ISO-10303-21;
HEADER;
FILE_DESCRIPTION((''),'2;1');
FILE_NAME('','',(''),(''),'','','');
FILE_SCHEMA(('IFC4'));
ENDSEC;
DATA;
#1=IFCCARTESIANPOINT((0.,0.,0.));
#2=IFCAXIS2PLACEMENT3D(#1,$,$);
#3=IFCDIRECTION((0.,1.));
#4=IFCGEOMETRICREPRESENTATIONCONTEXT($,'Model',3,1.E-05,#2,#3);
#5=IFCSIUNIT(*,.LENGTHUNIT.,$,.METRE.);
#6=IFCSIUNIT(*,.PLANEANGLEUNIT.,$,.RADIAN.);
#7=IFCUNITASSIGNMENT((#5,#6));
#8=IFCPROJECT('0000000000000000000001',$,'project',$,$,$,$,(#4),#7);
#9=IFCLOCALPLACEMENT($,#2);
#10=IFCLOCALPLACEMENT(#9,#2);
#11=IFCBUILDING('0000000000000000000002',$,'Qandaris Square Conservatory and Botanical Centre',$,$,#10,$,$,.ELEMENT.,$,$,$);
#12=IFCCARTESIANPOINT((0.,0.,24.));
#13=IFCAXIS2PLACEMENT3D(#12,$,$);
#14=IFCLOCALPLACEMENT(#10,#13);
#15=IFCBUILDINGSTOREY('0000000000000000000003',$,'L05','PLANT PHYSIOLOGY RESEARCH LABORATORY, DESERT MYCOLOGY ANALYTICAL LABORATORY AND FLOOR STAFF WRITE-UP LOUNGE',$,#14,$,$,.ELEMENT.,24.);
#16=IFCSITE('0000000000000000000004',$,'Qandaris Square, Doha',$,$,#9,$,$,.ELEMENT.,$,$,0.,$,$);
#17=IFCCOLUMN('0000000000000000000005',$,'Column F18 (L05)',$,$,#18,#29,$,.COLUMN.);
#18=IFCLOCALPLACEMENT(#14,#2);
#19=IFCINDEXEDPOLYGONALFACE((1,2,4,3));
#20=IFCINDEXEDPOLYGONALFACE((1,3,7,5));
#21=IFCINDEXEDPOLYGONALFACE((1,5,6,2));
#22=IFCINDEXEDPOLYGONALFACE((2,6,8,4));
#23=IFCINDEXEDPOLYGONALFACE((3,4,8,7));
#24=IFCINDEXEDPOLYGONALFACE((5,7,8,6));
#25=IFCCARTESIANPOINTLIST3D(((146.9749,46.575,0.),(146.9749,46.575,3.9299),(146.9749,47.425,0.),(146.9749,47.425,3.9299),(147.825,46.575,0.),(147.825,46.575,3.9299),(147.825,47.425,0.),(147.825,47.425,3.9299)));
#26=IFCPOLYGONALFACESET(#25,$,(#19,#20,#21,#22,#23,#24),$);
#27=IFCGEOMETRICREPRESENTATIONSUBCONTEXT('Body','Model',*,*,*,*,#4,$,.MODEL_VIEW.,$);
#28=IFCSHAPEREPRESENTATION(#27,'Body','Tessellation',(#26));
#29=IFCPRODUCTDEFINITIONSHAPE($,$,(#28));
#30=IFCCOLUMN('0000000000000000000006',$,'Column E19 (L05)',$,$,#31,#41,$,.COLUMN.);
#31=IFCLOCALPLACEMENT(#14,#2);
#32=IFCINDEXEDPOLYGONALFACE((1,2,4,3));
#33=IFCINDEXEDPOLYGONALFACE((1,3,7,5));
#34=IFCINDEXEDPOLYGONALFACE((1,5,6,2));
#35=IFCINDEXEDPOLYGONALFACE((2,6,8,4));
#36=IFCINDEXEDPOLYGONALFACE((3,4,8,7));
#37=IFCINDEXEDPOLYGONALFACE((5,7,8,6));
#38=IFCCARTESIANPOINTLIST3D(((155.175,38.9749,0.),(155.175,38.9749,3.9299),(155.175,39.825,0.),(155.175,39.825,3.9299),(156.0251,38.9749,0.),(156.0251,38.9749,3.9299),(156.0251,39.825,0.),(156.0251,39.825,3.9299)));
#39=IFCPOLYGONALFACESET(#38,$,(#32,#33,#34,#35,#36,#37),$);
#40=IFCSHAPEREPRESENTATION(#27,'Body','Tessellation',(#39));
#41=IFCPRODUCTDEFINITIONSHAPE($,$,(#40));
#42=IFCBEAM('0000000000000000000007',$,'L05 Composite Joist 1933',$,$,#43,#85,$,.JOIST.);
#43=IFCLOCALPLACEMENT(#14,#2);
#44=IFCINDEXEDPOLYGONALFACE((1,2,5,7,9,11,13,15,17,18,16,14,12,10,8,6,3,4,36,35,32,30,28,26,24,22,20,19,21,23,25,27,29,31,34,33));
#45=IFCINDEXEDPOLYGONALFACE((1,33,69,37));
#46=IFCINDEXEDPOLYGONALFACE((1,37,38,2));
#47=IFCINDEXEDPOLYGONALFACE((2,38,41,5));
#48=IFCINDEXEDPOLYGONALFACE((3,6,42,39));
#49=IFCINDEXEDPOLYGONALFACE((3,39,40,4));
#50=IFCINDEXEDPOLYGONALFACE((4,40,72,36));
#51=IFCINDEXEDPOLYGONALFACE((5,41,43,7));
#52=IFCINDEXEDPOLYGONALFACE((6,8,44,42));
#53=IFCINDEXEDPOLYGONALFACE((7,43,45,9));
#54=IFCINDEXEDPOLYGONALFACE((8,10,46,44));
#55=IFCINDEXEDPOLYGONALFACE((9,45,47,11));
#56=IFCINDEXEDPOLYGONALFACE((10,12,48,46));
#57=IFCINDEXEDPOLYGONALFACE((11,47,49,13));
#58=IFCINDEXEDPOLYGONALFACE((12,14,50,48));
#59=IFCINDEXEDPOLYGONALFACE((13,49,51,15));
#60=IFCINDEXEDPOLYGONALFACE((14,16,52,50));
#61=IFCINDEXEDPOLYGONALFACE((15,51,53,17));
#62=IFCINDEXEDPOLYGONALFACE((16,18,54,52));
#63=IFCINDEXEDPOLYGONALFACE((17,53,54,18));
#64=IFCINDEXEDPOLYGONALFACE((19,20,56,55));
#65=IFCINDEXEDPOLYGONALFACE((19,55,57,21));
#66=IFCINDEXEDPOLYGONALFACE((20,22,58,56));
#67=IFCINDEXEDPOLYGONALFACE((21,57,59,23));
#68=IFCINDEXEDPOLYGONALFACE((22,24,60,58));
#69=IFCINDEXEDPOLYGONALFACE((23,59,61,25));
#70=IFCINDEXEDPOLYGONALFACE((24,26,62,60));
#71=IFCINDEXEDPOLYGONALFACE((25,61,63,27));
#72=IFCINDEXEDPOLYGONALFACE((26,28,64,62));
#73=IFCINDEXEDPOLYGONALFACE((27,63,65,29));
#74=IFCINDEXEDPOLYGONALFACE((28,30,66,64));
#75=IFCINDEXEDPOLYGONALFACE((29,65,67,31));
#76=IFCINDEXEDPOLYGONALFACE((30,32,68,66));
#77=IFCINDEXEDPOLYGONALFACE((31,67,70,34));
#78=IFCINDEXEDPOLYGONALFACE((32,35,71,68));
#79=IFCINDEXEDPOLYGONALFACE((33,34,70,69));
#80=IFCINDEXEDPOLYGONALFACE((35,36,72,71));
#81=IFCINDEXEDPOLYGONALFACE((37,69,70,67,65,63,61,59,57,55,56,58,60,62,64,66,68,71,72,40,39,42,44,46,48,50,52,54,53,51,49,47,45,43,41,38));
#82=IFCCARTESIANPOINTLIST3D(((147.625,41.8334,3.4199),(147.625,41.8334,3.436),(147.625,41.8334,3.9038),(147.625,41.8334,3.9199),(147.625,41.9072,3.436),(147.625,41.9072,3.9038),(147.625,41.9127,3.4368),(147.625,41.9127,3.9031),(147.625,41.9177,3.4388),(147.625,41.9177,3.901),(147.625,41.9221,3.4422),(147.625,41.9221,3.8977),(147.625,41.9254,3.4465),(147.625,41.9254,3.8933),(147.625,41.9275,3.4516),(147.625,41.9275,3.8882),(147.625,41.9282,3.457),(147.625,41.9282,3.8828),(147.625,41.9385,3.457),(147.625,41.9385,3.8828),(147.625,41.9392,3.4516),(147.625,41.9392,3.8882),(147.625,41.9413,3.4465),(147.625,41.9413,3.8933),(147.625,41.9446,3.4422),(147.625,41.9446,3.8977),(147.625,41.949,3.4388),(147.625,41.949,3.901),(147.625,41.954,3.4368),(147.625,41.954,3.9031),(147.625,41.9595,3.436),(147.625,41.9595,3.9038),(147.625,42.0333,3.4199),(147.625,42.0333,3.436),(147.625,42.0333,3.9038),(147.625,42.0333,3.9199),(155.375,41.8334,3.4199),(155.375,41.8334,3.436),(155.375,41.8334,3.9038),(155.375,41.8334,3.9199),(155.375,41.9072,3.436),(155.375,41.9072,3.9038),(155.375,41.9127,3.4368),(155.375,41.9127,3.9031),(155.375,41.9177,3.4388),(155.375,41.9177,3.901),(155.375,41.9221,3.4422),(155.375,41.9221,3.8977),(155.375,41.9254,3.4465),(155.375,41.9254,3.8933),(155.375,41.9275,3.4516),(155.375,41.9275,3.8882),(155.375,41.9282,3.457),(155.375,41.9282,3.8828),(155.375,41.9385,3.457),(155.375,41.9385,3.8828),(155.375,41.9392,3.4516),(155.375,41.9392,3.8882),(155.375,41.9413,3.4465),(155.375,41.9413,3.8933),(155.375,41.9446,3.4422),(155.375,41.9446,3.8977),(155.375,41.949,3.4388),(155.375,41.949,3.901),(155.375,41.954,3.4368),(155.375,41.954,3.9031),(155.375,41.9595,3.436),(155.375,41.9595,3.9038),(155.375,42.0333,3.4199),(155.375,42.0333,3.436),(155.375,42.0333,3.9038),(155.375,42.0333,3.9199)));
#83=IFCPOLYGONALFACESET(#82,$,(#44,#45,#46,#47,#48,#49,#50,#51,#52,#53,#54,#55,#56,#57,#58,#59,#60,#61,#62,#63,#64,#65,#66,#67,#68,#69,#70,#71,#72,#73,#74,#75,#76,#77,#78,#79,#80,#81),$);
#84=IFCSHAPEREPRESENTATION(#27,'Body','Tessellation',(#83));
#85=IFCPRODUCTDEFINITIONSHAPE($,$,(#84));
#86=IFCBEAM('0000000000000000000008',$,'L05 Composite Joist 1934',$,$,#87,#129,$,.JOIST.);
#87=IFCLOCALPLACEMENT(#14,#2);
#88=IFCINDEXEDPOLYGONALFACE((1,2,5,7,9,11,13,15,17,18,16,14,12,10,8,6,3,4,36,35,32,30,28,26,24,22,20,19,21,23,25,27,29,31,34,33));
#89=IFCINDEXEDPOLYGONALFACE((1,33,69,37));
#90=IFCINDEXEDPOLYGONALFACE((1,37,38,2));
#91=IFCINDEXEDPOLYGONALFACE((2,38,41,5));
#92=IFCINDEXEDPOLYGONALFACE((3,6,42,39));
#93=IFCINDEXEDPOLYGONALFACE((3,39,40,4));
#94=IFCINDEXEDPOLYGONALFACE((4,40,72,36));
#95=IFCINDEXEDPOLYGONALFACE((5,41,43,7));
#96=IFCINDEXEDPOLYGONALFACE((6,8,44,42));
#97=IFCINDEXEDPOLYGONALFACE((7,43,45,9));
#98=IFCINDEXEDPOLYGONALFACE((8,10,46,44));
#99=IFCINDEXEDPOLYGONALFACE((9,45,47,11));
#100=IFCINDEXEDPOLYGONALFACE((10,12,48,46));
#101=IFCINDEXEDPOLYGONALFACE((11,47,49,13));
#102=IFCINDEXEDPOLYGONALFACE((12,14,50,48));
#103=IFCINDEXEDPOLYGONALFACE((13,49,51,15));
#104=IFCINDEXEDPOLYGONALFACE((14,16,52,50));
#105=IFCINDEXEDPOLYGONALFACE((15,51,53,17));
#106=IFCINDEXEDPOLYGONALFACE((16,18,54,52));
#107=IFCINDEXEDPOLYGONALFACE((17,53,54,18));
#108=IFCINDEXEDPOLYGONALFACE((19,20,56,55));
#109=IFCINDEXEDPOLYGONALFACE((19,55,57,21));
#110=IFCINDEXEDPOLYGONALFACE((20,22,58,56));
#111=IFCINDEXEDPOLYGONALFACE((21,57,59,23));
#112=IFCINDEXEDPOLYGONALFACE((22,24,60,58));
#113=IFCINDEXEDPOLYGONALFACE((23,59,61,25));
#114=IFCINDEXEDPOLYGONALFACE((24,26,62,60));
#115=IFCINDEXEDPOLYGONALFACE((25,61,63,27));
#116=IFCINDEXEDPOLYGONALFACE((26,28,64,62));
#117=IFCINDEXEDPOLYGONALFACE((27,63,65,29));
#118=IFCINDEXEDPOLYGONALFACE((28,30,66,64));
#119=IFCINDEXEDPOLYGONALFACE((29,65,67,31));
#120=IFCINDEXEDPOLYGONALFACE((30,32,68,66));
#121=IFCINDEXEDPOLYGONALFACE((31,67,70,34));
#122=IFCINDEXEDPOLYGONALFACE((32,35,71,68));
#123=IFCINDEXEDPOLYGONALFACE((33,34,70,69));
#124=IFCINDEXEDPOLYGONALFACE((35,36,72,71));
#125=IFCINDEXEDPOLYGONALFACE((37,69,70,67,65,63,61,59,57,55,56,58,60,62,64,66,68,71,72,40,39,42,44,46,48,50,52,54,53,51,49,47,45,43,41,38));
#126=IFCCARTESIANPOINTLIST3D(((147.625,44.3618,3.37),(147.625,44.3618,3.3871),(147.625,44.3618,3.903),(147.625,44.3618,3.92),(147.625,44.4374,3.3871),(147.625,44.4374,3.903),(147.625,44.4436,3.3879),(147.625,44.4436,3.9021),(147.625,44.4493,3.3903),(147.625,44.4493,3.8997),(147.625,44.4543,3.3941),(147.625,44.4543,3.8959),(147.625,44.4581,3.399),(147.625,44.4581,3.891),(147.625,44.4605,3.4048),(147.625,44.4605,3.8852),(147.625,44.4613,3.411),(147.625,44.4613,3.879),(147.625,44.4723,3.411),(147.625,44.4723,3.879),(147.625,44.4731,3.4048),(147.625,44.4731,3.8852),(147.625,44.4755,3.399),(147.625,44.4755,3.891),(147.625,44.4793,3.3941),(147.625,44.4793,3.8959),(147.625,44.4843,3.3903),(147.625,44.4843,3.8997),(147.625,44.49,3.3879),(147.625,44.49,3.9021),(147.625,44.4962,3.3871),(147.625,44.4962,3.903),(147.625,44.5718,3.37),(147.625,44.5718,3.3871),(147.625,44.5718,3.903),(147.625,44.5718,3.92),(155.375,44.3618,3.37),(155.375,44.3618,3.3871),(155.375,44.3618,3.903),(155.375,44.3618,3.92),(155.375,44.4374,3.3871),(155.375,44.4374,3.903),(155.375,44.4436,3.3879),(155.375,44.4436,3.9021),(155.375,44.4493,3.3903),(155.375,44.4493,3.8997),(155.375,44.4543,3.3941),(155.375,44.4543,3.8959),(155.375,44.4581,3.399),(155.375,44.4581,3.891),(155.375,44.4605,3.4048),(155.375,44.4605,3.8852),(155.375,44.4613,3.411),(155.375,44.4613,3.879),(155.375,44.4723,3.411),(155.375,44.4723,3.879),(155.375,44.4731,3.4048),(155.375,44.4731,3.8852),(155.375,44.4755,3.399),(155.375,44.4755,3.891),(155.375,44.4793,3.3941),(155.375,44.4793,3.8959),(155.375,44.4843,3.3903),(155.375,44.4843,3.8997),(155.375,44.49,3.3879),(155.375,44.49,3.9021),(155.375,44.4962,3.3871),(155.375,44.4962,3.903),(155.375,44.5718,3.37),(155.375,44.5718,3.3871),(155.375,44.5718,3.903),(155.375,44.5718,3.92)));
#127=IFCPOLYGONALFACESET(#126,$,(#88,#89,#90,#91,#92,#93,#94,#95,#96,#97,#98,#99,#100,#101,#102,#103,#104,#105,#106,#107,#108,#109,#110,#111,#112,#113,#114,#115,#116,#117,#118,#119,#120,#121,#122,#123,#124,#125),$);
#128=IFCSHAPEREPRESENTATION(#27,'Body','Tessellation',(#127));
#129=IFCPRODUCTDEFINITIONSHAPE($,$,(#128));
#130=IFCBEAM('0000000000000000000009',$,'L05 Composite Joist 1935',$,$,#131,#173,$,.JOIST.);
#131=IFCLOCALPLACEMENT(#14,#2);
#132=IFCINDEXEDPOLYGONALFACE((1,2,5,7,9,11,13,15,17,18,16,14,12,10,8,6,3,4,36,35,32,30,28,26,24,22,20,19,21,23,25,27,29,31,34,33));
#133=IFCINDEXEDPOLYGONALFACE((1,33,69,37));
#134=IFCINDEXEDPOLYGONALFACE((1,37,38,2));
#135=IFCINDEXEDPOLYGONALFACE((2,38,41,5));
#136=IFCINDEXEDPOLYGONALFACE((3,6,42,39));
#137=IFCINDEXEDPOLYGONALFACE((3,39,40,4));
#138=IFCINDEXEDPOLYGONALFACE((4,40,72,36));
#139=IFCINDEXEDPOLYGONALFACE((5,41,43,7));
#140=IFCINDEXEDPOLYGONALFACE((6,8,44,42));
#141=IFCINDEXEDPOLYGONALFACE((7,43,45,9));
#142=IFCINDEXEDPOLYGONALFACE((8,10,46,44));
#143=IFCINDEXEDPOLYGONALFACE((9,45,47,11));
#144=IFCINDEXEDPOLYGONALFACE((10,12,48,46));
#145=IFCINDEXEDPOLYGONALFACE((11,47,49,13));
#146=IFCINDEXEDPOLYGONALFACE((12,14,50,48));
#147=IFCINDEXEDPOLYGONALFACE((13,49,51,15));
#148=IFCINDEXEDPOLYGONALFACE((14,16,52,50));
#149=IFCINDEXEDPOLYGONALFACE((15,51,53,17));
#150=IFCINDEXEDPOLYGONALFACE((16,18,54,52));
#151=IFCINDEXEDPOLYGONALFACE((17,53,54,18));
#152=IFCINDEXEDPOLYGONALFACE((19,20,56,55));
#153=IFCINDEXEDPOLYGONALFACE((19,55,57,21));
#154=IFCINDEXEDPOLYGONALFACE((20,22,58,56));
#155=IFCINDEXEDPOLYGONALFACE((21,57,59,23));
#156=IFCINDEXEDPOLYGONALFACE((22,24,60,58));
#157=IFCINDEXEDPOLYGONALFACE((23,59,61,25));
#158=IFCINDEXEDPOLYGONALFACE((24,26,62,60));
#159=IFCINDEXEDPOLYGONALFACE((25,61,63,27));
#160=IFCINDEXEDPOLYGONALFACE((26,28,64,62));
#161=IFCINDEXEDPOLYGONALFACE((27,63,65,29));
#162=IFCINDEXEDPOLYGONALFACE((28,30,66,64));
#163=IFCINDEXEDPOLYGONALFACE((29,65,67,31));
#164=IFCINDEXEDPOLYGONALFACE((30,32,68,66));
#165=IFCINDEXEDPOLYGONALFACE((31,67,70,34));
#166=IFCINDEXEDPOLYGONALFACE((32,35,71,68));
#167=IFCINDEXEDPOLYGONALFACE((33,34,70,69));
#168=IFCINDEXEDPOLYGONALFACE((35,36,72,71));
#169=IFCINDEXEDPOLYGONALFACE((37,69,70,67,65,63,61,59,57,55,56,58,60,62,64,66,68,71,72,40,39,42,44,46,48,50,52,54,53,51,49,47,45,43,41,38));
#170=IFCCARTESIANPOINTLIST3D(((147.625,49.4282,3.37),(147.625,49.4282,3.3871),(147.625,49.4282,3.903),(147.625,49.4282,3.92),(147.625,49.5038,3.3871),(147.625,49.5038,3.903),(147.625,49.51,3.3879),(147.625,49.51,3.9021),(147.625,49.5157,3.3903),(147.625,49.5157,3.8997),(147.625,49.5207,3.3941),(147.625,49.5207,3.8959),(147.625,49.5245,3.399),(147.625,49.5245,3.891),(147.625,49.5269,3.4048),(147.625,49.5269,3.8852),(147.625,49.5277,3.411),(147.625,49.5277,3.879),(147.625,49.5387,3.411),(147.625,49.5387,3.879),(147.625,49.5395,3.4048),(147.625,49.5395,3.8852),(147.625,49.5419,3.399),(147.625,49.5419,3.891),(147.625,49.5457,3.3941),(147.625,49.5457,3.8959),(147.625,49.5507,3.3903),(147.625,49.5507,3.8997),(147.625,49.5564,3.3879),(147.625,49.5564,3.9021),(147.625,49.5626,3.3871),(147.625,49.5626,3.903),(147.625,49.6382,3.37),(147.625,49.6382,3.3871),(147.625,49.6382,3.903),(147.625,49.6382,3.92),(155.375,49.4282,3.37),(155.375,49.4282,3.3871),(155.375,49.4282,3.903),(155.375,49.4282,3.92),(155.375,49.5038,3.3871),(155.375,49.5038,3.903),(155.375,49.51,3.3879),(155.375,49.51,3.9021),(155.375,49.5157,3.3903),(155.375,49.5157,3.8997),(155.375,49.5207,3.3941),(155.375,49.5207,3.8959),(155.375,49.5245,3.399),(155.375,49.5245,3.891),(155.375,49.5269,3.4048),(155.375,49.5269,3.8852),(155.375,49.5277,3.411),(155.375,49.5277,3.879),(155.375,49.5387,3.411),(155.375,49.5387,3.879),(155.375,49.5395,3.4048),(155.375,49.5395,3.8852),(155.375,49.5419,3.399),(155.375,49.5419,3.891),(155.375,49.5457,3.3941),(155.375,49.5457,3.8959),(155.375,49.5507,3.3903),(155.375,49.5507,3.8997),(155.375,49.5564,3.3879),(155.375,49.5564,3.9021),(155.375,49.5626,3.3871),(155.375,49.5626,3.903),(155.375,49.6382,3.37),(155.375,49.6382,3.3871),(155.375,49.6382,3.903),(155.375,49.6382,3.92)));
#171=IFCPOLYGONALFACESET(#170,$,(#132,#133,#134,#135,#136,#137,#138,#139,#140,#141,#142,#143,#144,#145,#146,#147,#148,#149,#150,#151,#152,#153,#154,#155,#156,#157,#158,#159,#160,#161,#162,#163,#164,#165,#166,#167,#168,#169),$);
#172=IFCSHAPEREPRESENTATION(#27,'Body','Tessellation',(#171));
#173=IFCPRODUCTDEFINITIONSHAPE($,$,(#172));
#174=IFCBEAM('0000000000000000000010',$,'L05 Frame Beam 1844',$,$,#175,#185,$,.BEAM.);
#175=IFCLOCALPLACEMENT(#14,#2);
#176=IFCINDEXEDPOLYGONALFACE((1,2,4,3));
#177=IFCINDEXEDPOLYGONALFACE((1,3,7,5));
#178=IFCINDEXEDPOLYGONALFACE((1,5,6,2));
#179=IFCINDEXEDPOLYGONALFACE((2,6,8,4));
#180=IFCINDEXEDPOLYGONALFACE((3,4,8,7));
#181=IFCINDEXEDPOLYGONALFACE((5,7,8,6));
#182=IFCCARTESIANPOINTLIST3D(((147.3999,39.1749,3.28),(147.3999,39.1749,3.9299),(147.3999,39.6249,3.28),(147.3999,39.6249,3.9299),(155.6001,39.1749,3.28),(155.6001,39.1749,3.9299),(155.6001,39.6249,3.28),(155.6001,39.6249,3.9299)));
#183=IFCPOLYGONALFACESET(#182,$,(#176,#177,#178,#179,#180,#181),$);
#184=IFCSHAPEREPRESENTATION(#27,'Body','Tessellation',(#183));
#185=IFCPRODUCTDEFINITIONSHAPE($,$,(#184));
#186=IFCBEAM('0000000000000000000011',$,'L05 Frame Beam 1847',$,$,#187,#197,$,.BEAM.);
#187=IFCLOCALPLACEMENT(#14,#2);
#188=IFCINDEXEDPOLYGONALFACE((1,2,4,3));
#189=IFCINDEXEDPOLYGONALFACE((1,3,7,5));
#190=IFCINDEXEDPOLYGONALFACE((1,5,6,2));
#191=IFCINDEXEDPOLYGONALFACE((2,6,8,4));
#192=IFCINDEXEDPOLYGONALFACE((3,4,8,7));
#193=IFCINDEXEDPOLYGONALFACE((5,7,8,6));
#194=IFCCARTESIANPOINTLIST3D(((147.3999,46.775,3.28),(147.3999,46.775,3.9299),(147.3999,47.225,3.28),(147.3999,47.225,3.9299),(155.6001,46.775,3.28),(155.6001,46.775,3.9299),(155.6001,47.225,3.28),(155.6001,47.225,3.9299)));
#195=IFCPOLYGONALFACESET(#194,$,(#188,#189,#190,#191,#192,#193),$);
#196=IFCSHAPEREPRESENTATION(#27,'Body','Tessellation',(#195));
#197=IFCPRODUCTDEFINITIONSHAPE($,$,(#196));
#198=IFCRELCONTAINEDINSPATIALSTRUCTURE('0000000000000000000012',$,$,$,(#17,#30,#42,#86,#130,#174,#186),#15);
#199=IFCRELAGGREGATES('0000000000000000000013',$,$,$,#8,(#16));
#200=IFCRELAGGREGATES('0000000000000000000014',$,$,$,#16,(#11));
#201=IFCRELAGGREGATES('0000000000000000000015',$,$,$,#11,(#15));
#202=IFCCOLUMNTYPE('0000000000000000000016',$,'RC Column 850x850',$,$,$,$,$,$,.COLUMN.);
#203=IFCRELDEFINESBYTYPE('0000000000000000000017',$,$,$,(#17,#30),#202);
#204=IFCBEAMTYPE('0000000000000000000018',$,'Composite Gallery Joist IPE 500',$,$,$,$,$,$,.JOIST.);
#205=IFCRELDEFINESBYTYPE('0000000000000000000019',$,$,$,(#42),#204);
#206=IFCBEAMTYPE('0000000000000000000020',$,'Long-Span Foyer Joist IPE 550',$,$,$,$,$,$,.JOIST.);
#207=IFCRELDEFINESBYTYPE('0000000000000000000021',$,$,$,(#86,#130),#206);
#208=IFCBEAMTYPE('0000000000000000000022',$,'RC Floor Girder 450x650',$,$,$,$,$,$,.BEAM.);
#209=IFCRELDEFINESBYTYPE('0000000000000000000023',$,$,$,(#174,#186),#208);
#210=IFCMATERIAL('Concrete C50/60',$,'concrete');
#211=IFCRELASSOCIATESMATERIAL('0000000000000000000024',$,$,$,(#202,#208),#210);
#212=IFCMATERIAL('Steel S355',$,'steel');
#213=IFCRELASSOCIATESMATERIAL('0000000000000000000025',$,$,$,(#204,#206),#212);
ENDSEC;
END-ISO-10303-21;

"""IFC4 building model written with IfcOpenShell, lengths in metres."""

from ifc_helpers import new_model, si_unit, direction, frame, origin, origin_2d, place, context, subcontext, project, spatial, rectangle, i_section, extrude, material, material_profile, profile_set, type_object, element, save


model = new_model("IFC4")

# Units and contexts
model_context = context("Model", 3, precision=1e-05, world=origin(), true_north=direction((0.0, 1.0)))
body_context = subcontext(model_context, "Body", "Model", "MODEL_VIEW")
ifc_project = project(units=[si_unit("LENGTHUNIT", "METRE"), si_unit("PLANEANGLEUNIT", "RADIAN")], contexts=[model_context])

# Site, building, storey
site_placement = place(None, origin())
site = spatial("IfcSite", under=ifc_project, at=site_placement, Name="Qandaris Square, Doha", CompositionType="ELEMENT", RefElevation=0.0)
building_placement = place(site_placement, origin())
building = spatial("IfcBuilding", under=site, at=building_placement, Name="Qandaris Square Conservatory and Botanical Centre", CompositionType="ELEMENT")
storey_placement = place(building_placement, frame((0.0, 0.0, 24.0)))
storey = spatial("IfcBuildingStorey", under=building, at=storey_placement, Name="L05", Description="PLANT PHYSIOLOGY RESEARCH LABORATORY, DESERT MYCOLOGY ANALYTICAL LABORATORY AND FLOOR STAFF WRITE-UP LOUNGE", CompositionType="ELEMENT", Elevation=24.0)

# Columns
ifc_material_1 = material(Name="Concrete C50/60", Category="concrete")
ifc_material_profile_1 = material_profile(ifc_material_1, rectangle(XDim=0.8501, YDim=0.8501, at=origin_2d()), Name="RC-COL 850x850")
ifc_profile_set_1 = profile_set([ifc_material_profile_1], Name="Concrete C50/60")
column_type = type_object("IfcColumnType", Name="RC Column 850x850", PredefinedType="COLUMN", material=ifc_profile_set_1)
for number, where, z_axis, x_axis, name in (
    (1, (147.3999, 47.0, 0.0), (0.0, 0.0, 1.0), (1.0, 0.0, 0.0), "Column F18 (L05)"),
    (2, (155.6001, 39.3999, 0.0), (0.0, 0.0, 1.0), (1.0, 0.0, 0.0), "Column E19 (L05)"),
):
    element("IfcColumn", number, at=place(storey_placement, frame(where, z_axis=z_axis, x_axis=x_axis)), inside=storey, type_object=column_type, Name=name, PredefinedType="COLUMN", context=body_context, shape_type="SweptSolid", body=[
        extrude(rectangle(XDim=0.8501, YDim=0.8501, at=origin_2d()), origin(), (0.0, 0.0, 1.0), 3.9299),
    ])

# Beams
ifc_material_2 = material(Name="Steel S355", Category="steel")
ifc_material_profile_2 = material_profile(ifc_material_2, i_section(OverallWidth=0.2, OverallDepth=0.5, WebThickness=0.0103, FlangeThickness=0.0161, FilletRadius=0.021, at=origin_2d()), Name="IPE 500")
ifc_profile_set_2 = profile_set([ifc_material_profile_2], Name="Steel S355")
beam_type_1 = type_object("IfcBeamType", Name="Composite Gallery Joist IPE 500", PredefinedType="JOIST", material=ifc_profile_set_2)
beam_placement = place(storey_placement, frame((147.625, 41.9333, 3.6699), z_axis=(1.0, 0.0, 0.0), x_axis=(0.0, 1.0, 0.0)))
element("IfcBeam", 3, at=beam_placement, inside=storey, type_object=beam_type_1, Name="L05 Composite Joist 1933", PredefinedType="JOIST", context=body_context, shape_type="SweptSolid", body=[
    extrude(i_section(OverallWidth=0.2, OverallDepth=0.5, WebThickness=0.0103, FlangeThickness=0.0161, FilletRadius=0.021, at=origin_2d()), origin(), (0.0, 0.0, 1.0), 7.75),
])
ifc_material_profile_3 = material_profile(ifc_material_2, i_section(OverallWidth=0.21, OverallDepth=0.55, WebThickness=0.011, FlangeThickness=0.0171, FilletRadius=0.0239, at=origin_2d()), Name="IPE 550")
ifc_profile_set_3 = profile_set([ifc_material_profile_3], Name="Steel S355")
beam_type_2 = type_object("IfcBeamType", Name="Long-Span Foyer Joist IPE 550", PredefinedType="JOIST", material=ifc_profile_set_3)
for number, where, z_axis, x_axis, name in (
    (4, (147.625, 44.4668, 3.645), (1.0, 0.0, 0.0), (0.0, 1.0, 0.0), "L05 Composite Joist 1934"),
    (5, (147.625, 49.5332, 3.645), (1.0, 0.0, 0.0), (0.0, 1.0, 0.0), "L05 Composite Joist 1935"),
):
    element("IfcBeam", number, at=place(storey_placement, frame(where, z_axis=z_axis, x_axis=x_axis)), inside=storey, type_object=beam_type_2, Name=name, PredefinedType="JOIST", context=body_context, shape_type="SweptSolid", body=[
        extrude(i_section(OverallWidth=0.21, OverallDepth=0.55, WebThickness=0.011, FlangeThickness=0.0171, FilletRadius=0.0239, at=origin_2d()), origin(), (0.0, 0.0, 1.0), 7.75),
    ])
ifc_material_profile_4 = material_profile(ifc_material_1, rectangle(XDim=0.45, YDim=0.6499, at=origin_2d()), Name="RC-BM 450x650")
ifc_profile_set_4 = profile_set([ifc_material_profile_4], Name="Concrete C50/60")
beam_type_3 = type_object("IfcBeamType", Name="RC Floor Girder 450x650", PredefinedType="BEAM", material=ifc_profile_set_4)
for number, where, z_axis, x_axis, name in (
    (6, (147.3999, 39.3999, 3.605), (1.0, 0.0, 0.0), (0.0, 1.0, 0.0), "L05 Frame Beam 1844"),
    (7, (147.3999, 47.0, 3.605), (1.0, 0.0, 0.0), (0.0, 1.0, 0.0), "L05 Frame Beam 1847"),
):
    element("IfcBeam", number, at=place(storey_placement, frame(where, z_axis=z_axis, x_axis=x_axis)), inside=storey, type_object=beam_type_3, Name=name, PredefinedType="BEAM", context=body_context, shape_type="SweptSolid", body=[
        extrude(rectangle(XDim=0.45, YDim=0.6499, at=origin_2d()), origin(), (0.0, 0.0, 1.0), 8.2002),
    ])

save(model, "model.ifc")
